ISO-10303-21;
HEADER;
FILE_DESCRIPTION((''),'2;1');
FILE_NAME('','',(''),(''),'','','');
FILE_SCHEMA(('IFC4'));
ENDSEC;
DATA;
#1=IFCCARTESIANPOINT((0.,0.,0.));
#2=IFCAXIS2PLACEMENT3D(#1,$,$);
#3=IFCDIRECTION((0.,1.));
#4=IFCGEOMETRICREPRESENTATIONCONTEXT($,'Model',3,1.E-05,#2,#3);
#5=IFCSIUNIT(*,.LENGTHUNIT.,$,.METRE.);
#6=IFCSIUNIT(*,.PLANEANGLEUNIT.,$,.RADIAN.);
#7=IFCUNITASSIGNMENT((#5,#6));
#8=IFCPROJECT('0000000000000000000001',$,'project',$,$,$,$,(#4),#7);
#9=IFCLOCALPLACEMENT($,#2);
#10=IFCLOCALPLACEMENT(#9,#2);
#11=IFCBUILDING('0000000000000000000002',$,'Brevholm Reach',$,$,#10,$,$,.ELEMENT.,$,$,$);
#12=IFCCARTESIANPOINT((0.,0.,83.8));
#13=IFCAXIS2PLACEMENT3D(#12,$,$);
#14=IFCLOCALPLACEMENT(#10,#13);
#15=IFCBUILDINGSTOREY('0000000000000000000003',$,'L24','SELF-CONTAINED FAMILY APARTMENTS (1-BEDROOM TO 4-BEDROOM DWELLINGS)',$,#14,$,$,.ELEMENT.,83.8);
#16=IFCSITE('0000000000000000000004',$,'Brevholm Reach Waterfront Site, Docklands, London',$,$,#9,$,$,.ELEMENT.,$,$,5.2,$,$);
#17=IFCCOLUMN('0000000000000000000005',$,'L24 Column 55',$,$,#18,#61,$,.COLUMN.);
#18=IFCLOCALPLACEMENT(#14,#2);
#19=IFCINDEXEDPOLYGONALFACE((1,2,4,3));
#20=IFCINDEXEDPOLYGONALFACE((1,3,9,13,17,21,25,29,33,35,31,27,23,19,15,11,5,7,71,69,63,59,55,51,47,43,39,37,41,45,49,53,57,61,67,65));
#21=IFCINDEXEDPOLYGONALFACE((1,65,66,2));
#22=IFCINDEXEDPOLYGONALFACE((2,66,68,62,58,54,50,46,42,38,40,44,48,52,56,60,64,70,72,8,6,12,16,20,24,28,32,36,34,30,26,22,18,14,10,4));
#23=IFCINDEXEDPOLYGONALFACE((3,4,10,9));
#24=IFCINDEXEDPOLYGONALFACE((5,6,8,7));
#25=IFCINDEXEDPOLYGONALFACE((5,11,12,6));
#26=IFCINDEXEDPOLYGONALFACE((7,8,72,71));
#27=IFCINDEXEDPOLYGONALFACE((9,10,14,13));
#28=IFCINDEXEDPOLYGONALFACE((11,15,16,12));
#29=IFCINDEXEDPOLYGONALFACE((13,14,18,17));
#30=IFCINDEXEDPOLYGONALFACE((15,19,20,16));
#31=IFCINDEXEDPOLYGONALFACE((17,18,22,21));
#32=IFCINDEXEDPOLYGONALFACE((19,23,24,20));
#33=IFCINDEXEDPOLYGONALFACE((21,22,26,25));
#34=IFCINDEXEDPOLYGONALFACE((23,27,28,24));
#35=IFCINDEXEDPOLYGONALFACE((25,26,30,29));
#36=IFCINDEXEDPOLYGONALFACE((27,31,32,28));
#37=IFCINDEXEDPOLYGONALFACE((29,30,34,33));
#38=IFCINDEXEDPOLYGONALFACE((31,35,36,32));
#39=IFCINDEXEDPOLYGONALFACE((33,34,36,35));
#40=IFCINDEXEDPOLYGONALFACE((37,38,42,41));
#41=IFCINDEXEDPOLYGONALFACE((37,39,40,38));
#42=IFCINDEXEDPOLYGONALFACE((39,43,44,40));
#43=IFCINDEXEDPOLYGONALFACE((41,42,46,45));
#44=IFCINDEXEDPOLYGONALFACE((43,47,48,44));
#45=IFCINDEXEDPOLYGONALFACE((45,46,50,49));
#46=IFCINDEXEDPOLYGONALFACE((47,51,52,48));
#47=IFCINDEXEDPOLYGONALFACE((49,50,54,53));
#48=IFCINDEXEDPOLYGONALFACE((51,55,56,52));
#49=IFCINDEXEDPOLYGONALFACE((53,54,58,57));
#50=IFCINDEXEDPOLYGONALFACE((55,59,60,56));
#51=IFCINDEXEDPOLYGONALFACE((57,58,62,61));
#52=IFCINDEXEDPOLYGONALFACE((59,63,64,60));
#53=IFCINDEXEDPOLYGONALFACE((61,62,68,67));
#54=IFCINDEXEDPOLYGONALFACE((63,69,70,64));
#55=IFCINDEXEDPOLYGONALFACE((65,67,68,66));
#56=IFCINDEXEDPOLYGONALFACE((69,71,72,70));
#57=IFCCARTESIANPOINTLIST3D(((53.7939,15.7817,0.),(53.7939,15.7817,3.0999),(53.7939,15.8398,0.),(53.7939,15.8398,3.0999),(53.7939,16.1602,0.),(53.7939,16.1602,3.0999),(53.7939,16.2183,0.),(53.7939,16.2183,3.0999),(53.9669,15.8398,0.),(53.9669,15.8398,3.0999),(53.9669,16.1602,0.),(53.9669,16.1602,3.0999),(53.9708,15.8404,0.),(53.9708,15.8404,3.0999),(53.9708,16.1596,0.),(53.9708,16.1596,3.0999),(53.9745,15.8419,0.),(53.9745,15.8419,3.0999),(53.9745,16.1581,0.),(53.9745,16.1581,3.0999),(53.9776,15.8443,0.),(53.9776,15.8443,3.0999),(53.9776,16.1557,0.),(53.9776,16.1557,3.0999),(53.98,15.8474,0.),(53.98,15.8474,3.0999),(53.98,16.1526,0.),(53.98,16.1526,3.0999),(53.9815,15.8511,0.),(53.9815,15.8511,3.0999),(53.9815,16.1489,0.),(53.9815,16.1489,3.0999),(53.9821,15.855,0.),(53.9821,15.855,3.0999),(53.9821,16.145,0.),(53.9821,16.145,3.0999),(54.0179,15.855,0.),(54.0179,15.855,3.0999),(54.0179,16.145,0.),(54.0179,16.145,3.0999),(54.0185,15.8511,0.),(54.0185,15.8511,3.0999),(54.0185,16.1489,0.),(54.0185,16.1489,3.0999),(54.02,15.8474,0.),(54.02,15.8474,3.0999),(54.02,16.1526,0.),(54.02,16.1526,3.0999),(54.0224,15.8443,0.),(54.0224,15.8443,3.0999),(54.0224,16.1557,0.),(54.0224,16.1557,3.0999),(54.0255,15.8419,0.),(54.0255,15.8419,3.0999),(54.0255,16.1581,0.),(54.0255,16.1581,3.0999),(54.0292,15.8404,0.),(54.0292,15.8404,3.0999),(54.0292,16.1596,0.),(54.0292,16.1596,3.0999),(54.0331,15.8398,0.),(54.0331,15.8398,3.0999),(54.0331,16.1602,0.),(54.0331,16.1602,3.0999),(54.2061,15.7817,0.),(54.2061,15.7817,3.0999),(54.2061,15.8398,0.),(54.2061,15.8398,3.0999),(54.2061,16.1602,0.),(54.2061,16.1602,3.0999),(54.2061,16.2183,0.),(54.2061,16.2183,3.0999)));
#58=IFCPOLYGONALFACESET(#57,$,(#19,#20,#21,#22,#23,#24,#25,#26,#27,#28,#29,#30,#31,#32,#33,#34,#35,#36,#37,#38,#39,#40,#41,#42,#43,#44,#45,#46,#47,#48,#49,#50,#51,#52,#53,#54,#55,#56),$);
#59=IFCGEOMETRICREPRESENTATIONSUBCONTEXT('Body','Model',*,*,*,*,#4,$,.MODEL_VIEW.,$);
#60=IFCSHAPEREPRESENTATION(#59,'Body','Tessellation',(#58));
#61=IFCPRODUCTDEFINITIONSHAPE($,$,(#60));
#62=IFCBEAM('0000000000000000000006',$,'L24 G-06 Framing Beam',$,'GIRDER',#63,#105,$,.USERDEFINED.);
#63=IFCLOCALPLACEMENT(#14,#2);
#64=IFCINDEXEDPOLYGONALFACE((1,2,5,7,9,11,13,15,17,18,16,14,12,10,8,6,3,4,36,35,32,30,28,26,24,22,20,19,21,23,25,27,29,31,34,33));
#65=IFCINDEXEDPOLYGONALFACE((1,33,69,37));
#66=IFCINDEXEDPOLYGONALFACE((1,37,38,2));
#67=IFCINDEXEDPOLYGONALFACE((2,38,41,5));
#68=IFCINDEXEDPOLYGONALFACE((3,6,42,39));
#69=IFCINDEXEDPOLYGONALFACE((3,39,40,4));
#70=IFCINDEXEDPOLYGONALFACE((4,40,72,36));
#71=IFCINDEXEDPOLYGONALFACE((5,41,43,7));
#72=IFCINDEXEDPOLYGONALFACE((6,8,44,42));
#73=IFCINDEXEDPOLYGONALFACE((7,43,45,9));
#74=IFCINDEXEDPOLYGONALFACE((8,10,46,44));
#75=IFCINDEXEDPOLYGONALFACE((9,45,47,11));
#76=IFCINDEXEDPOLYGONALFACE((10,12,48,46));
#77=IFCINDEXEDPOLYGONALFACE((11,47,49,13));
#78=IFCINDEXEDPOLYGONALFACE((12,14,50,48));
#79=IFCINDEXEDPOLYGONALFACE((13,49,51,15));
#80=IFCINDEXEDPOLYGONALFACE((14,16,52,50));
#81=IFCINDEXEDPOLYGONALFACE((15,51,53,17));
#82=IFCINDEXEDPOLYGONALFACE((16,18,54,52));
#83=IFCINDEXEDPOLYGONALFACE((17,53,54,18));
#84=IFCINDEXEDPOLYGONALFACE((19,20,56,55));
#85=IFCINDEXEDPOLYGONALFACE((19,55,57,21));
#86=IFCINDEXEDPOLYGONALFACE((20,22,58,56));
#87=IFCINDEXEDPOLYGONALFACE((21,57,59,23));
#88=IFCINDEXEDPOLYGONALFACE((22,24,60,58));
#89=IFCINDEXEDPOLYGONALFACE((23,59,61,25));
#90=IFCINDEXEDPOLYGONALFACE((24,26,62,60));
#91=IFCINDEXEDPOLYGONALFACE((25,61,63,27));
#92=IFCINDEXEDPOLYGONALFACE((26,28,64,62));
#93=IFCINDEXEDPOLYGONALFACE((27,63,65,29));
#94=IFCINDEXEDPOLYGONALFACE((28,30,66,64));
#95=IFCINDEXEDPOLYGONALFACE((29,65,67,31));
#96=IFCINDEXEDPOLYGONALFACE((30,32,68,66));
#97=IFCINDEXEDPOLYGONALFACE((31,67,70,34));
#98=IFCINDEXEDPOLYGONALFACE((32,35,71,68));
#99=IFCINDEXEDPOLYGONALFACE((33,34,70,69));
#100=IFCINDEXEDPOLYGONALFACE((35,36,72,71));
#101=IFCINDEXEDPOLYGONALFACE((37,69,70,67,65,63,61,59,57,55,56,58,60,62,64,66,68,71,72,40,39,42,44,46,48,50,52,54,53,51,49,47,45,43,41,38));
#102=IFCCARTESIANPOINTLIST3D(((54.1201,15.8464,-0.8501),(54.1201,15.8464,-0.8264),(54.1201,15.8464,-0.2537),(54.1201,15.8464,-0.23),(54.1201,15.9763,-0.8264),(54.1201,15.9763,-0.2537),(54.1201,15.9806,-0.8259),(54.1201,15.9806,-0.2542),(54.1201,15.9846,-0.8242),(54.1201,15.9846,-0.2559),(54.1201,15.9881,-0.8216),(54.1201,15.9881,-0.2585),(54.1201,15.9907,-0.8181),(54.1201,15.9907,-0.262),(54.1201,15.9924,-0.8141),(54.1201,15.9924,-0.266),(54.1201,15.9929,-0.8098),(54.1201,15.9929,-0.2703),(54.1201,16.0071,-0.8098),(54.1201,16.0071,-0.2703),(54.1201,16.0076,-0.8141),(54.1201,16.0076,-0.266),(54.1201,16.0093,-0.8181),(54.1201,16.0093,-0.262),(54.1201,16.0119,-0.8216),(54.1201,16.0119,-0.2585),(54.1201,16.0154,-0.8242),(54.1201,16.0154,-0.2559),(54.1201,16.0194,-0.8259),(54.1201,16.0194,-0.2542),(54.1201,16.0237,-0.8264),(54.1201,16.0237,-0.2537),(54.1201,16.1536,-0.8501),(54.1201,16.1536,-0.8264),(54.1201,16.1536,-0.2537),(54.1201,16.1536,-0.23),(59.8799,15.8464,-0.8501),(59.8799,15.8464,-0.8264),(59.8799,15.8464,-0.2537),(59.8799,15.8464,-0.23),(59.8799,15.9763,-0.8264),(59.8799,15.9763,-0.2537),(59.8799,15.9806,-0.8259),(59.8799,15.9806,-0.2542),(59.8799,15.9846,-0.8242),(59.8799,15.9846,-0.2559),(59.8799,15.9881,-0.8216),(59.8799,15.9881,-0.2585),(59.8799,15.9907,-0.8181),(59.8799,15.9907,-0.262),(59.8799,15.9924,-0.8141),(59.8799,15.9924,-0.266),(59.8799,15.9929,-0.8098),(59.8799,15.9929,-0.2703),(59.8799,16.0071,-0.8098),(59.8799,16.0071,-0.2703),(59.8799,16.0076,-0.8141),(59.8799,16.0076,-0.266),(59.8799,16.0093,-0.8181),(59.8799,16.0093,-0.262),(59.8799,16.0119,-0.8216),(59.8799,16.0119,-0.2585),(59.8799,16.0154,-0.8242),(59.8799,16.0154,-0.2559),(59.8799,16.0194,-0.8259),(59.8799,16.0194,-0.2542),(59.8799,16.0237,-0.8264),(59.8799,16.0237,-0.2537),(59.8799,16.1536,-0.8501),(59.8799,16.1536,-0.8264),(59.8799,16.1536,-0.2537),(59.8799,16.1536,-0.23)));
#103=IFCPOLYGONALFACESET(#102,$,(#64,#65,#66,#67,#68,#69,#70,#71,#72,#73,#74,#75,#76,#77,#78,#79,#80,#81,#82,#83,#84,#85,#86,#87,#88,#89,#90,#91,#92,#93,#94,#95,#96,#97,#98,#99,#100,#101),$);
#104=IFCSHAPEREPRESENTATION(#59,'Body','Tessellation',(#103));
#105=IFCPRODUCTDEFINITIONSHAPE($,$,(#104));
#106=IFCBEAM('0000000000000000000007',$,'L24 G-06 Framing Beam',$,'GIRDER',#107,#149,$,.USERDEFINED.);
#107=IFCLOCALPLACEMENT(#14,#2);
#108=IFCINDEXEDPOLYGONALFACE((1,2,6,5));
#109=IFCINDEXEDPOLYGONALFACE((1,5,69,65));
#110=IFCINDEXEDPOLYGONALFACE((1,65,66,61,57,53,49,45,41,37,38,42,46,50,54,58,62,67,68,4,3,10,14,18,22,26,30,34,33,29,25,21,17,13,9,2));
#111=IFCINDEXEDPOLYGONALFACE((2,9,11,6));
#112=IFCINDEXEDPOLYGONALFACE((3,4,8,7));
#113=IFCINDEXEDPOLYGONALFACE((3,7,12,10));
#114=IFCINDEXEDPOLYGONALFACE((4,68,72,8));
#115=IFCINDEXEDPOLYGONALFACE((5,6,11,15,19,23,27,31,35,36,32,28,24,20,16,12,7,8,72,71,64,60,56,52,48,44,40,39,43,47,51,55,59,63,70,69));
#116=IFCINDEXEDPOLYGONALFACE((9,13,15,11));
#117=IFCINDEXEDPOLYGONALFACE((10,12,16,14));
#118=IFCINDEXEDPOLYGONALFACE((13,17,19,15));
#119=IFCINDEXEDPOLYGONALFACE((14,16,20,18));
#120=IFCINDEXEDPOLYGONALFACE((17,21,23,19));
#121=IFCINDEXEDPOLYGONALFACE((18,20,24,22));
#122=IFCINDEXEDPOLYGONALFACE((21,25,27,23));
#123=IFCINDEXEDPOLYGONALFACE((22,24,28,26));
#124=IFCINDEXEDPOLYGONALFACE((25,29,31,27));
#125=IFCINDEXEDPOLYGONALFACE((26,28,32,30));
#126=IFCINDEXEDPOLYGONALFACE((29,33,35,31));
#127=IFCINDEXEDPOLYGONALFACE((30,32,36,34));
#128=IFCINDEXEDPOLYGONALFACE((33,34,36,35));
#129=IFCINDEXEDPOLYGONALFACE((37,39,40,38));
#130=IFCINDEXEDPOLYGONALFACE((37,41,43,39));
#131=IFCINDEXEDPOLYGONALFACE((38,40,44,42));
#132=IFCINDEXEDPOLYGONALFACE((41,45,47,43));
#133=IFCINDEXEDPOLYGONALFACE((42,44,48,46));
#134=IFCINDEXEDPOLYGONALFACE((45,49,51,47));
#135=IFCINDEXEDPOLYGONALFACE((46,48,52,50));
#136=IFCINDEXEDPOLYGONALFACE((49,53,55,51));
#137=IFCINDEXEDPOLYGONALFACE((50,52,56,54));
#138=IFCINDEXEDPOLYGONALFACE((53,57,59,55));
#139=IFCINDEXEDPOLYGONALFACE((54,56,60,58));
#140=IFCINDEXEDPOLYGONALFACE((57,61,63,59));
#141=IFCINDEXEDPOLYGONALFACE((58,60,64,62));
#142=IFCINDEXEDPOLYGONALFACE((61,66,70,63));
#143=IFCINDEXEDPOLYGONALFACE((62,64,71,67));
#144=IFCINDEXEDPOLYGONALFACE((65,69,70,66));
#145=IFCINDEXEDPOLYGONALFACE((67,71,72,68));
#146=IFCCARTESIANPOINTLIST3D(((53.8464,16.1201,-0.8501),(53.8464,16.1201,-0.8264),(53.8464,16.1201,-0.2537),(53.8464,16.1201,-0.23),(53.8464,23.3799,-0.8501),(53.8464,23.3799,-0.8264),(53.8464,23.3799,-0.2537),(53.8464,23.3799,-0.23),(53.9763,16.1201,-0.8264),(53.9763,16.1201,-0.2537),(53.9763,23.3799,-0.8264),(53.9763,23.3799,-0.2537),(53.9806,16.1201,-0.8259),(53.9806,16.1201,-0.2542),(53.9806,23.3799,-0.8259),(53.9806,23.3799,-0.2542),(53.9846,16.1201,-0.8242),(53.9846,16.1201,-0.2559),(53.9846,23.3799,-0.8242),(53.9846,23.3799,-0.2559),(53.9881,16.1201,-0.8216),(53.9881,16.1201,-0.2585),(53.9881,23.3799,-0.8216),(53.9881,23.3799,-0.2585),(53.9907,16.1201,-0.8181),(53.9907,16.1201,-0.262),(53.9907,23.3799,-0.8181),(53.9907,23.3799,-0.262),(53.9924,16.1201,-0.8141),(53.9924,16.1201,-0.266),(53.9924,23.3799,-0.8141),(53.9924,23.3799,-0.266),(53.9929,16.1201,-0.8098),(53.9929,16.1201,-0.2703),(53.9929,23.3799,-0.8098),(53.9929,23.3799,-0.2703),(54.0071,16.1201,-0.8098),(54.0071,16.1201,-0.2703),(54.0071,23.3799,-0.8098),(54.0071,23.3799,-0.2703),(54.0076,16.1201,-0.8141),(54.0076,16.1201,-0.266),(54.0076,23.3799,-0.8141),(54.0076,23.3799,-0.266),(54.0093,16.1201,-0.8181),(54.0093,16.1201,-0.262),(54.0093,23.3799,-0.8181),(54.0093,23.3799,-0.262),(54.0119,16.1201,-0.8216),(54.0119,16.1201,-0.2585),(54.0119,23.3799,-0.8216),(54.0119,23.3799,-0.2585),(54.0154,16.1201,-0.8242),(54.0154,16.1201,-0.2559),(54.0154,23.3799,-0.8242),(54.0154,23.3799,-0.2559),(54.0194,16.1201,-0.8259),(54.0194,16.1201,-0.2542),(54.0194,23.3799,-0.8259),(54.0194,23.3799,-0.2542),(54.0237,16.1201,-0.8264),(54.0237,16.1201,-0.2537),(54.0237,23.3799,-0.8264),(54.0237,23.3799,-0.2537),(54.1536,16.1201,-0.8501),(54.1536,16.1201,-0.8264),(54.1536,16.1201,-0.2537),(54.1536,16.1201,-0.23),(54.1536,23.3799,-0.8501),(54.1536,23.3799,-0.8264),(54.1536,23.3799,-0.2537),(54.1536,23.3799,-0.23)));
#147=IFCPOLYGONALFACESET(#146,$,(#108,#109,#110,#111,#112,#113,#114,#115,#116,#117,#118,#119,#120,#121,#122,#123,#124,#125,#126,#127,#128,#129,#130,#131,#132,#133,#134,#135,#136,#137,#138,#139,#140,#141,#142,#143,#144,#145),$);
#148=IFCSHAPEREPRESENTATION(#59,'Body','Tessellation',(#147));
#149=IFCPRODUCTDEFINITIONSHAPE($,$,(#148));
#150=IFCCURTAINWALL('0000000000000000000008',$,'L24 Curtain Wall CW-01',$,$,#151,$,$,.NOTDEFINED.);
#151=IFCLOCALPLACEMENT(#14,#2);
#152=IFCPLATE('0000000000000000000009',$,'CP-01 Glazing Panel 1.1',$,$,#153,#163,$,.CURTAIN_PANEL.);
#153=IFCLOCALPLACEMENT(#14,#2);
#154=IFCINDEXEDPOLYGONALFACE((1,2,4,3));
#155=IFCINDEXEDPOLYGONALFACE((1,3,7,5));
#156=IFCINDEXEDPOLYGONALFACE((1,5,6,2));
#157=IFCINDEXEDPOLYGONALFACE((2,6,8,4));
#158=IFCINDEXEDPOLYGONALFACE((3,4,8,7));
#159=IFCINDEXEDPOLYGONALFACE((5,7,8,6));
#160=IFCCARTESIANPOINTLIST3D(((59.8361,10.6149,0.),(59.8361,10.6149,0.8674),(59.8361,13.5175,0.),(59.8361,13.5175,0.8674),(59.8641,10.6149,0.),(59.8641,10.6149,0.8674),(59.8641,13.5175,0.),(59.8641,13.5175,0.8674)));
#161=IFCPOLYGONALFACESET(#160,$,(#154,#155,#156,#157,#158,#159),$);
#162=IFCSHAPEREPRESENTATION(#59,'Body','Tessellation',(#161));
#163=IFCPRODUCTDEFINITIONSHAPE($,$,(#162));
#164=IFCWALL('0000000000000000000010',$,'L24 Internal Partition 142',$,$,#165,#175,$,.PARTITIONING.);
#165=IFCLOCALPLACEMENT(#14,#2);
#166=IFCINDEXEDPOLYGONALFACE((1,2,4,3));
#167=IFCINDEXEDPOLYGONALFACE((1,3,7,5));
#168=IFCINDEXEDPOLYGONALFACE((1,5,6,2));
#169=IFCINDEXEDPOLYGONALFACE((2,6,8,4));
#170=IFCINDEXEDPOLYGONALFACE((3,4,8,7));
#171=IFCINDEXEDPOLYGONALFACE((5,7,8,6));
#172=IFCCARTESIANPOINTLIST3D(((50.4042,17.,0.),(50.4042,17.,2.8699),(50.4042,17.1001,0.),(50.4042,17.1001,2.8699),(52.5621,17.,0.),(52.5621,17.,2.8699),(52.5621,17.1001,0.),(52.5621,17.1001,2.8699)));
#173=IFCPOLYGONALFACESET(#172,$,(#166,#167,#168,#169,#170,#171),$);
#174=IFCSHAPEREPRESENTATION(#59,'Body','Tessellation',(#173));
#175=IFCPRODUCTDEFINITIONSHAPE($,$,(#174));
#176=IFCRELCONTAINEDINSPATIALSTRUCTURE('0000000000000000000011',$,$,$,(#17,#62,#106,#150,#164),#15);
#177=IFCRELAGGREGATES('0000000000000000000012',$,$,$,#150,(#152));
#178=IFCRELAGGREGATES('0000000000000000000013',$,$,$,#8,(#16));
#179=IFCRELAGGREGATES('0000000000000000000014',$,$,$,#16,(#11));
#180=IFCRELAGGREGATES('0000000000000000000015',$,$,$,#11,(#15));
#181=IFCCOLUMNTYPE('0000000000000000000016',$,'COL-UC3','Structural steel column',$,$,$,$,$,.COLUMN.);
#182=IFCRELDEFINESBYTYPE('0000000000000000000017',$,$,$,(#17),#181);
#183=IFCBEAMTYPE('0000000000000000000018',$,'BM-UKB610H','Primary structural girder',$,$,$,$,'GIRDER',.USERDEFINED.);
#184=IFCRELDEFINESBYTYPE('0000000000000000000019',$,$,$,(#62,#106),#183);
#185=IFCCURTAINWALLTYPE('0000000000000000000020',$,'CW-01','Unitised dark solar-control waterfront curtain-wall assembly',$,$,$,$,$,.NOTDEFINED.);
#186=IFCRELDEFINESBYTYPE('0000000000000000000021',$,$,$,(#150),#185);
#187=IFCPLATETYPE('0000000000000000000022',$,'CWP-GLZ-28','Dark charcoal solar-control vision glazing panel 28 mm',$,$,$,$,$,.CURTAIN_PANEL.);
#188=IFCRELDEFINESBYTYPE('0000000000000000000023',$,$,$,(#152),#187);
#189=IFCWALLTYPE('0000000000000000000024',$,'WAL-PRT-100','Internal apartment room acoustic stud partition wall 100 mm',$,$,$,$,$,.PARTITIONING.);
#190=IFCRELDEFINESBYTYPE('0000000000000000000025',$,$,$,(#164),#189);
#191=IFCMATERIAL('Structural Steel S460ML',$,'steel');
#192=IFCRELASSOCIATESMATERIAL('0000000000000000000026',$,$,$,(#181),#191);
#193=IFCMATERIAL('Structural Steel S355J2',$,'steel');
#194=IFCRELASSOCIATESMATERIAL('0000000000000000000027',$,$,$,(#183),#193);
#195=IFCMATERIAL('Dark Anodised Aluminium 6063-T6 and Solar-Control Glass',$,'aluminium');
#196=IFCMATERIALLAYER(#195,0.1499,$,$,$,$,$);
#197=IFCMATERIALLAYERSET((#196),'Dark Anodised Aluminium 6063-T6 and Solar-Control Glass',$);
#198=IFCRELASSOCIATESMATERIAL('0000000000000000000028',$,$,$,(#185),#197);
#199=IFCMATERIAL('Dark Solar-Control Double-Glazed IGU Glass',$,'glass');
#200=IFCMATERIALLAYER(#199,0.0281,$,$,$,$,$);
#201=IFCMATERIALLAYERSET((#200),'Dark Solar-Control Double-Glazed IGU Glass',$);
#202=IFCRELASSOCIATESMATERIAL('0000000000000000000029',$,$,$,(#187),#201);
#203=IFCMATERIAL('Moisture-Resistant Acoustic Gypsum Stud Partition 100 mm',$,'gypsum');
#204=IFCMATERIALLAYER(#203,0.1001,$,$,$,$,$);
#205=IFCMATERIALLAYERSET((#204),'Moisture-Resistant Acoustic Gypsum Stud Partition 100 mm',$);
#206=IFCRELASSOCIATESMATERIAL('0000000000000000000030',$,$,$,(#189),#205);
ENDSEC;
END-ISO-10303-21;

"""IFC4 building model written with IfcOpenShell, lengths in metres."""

from ifc_helpers import new_model, si_unit, direction, frame, frame_2d, origin, origin_2d, place, context, subcontext, project, spatial, rectangle, i_section, extrude, material, layer, layer_set, material_profile, profile_set, type_object, element, aggregate, save


model = new_model("IFC4")

# Units and contexts
model_context = context("Model", 3, precision=1e-05, world=origin(), true_north=direction((0.0, 1.0)))
body_context = subcontext(model_context, "Body", "Model", "MODEL_VIEW")
ifc_project = project(units=[si_unit("LENGTHUNIT", "METRE"), si_unit("PLANEANGLEUNIT", "RADIAN")], contexts=[model_context])

# Site, building, storey
site_placement = place(None, origin())
site = spatial("IfcSite", under=ifc_project, at=site_placement, Name="Brevholm Reach Waterfront Site, Docklands, London", CompositionType="ELEMENT", RefElevation=5.2)
building_placement = place(site_placement, origin())
building = spatial("IfcBuilding", under=site, at=building_placement, Name="Brevholm Reach", CompositionType="ELEMENT")
storey_placement = place(building_placement, frame((0.0, 0.0, 83.8)))
storey = spatial("IfcBuildingStorey", under=building, at=storey_placement, Name="L24", Description="SELF-CONTAINED FAMILY APARTMENTS (1-BEDROOM TO 4-BEDROOM DWELLINGS)", CompositionType="ELEMENT", Elevation=83.8)

# Column
ifc_material_1 = material(Name="Structural Steel S460ML", Category="steel")
ifc_material_profile_1 = material_profile(ifc_material_1, i_section(OverallWidth=0.4121, OverallDepth=0.4365, WebThickness=0.0359, FlangeThickness=0.0581, FilletRadius=0.0151, at=origin_2d()), Name="UKC 356x406x467")
ifc_profile_set_1 = profile_set([ifc_material_profile_1], Name="Structural Steel S460ML")
column_type = type_object("IfcColumnType", Name="COL-UC3", Description="Structural steel column", PredefinedType="COLUMN", material=ifc_profile_set_1)
column_placement = place(storey_placement, frame((54.0, 16.0, 0.0), z_axis=(0.0, 0.0, 1.0), x_axis=(1.0, 0.0, 0.0)))
element("IfcColumn", 1, at=column_placement, inside=storey, type_object=column_type, Name="L24 Column 55", PredefinedType="COLUMN", context=body_context, shape_type="SweptSolid", body=[
    extrude(i_section(OverallWidth=0.4121, OverallDepth=0.4365, WebThickness=0.0359, FlangeThickness=0.0581, FilletRadius=0.0151, at=origin_2d()), origin(), (0.0, 0.0, 1.0), 3.0999),
])

# Beams
ifc_material_2 = material(Name="Structural Steel S355J2", Category="steel")
ifc_material_profile_2 = material_profile(ifc_material_2, i_section(OverallWidth=0.3071, OverallDepth=0.6201, WebThickness=0.0142, FlangeThickness=0.0237, FilletRadius=0.0166, at=origin_2d()), Name="UKB 610x305x179")
ifc_profile_set_2 = profile_set([ifc_material_profile_2], Name="Structural Steel S355J2")
beam_type = type_object("IfcBeamType", Name="BM-UKB610H", Description="Primary structural girder", ElementType="GIRDER", PredefinedType="USERDEFINED", material=ifc_profile_set_2)
beam_1_placement = place(storey_placement, frame((54.1201, 16.0, -0.54), z_axis=(1.0, 0.0, 0.0), x_axis=(0.0, 1.0, 0.0)))
element("IfcBeam", 2, at=beam_1_placement, inside=storey, type_object=beam_type, Name="L24 G-06 Framing Beam", ObjectType="GIRDER", PredefinedType="USERDEFINED", context=body_context, shape_type="SweptSolid", body=[
    extrude(i_section(OverallWidth=0.3071, OverallDepth=0.6201, WebThickness=0.0142, FlangeThickness=0.0237, FilletRadius=0.0166, at=origin_2d()), origin(), (0.0, 0.0, 1.0), 5.7598),
])
beam_2_placement = place(storey_placement, frame((54.0, 16.1201, -0.54), z_axis=(0.0, 1.0, 0.0), x_axis=(-1.0, 0.0, 0.0)))
element("IfcBeam", 3, at=beam_2_placement, inside=storey, type_object=beam_type, Name="L24 G-06 Framing Beam", ObjectType="GIRDER", PredefinedType="USERDEFINED", context=body_context, shape_type="SweptSolid", body=[
    extrude(i_section(OverallWidth=0.3071, OverallDepth=0.6201, WebThickness=0.0142, FlangeThickness=0.0237, FilletRadius=0.0166, at=origin_2d()), origin(), (0.0, 0.0, 1.0), 7.2598),
])

# Curtain wall, plate
ifc_material_3 = material(Name="Dark Anodised Aluminium 6063-T6 and Solar-Control Glass", Category="aluminium")
ifc_layer_1 = layer(ifc_material_3, 0.1499)
ifc_layer_set_1 = layer_set([ifc_layer_1], Name="Dark Anodised Aluminium 6063-T6 and Solar-Control Glass")
curtain_wall_type = type_object("IfcCurtainWallType", Name="CW-01", Description="Unitised dark solar-control waterfront curtain-wall assembly", PredefinedType="NOTDEFINED", material=ifc_layer_set_1)
curtain_wall_placement = place(storey_placement, origin())
curtain_wall = element("IfcCurtainWall", 4, at=curtain_wall_placement, inside=storey, type_object=curtain_wall_type, Name="L24 Curtain Wall CW-01", PredefinedType="NOTDEFINED")
ifc_material_4 = material(Name="Dark Solar-Control Double-Glazed IGU Glass", Category="glass")
ifc_layer_2 = layer(ifc_material_4, 0.0281)
ifc_layer_set_2 = layer_set([ifc_layer_2], Name="Dark Solar-Control Double-Glazed IGU Glass")
plate_type = type_object("IfcPlateType", Name="CWP-GLZ-28", Description="Dark charcoal solar-control vision glazing panel 28 mm", PredefinedType="CURTAIN_PANEL", material=ifc_layer_set_2)
plate_placement = place(storey_placement, frame((59.8501, 12.0662, 0.0), z_axis=(0.0, 0.0, 1.0), x_axis=(0.0, 1.0, 0.0)))
plate = element("IfcPlate", 5, at=plate_placement, type_object=plate_type, Name="CP-01 Glazing Panel 1.1", PredefinedType="CURTAIN_PANEL", context=body_context, shape_type="SweptSolid", body=[
    extrude(rectangle(XDim=2.9026, YDim=0.0281, at=origin_2d()), origin(), (0.0, 0.0, 1.0), 0.8674),
])
aggregate(curtain_wall, [plate])

# Wall
ifc_material_5 = material(Name="Moisture-Resistant Acoustic Gypsum Stud Partition 100 mm", Category="gypsum")
ifc_layer_3 = layer(ifc_material_5, 0.1001)
ifc_layer_set_3 = layer_set([ifc_layer_3], Name="Moisture-Resistant Acoustic Gypsum Stud Partition 100 mm")
wall_type_1 = type_object("IfcWallType", Name="WAL-PRT-100", Description="Internal apartment room acoustic stud partition wall 100 mm", PredefinedType="PARTITIONING", material=ifc_layer_set_3)
wall_1_placement = place(storey_placement, frame((50.4041, 17.05, 0.0), z_axis=(0.0, 0.0, 1.0), x_axis=(1.0, 0.0, 0.0)))
element("IfcWall", 6, at=wall_1_placement, inside=storey, type_object=wall_type_1, Name="L24 Internal Partition 142", PredefinedType="PARTITIONING", context=body_context, shape_type="SweptSolid", body=[
    extrude(rectangle(XDim=2.158, YDim=0.1001, at=frame_2d((1.0791, 0.0))), origin(), (0.0, 0.0, 1.0), 2.8699),
])

save(model, "model.ifc")
